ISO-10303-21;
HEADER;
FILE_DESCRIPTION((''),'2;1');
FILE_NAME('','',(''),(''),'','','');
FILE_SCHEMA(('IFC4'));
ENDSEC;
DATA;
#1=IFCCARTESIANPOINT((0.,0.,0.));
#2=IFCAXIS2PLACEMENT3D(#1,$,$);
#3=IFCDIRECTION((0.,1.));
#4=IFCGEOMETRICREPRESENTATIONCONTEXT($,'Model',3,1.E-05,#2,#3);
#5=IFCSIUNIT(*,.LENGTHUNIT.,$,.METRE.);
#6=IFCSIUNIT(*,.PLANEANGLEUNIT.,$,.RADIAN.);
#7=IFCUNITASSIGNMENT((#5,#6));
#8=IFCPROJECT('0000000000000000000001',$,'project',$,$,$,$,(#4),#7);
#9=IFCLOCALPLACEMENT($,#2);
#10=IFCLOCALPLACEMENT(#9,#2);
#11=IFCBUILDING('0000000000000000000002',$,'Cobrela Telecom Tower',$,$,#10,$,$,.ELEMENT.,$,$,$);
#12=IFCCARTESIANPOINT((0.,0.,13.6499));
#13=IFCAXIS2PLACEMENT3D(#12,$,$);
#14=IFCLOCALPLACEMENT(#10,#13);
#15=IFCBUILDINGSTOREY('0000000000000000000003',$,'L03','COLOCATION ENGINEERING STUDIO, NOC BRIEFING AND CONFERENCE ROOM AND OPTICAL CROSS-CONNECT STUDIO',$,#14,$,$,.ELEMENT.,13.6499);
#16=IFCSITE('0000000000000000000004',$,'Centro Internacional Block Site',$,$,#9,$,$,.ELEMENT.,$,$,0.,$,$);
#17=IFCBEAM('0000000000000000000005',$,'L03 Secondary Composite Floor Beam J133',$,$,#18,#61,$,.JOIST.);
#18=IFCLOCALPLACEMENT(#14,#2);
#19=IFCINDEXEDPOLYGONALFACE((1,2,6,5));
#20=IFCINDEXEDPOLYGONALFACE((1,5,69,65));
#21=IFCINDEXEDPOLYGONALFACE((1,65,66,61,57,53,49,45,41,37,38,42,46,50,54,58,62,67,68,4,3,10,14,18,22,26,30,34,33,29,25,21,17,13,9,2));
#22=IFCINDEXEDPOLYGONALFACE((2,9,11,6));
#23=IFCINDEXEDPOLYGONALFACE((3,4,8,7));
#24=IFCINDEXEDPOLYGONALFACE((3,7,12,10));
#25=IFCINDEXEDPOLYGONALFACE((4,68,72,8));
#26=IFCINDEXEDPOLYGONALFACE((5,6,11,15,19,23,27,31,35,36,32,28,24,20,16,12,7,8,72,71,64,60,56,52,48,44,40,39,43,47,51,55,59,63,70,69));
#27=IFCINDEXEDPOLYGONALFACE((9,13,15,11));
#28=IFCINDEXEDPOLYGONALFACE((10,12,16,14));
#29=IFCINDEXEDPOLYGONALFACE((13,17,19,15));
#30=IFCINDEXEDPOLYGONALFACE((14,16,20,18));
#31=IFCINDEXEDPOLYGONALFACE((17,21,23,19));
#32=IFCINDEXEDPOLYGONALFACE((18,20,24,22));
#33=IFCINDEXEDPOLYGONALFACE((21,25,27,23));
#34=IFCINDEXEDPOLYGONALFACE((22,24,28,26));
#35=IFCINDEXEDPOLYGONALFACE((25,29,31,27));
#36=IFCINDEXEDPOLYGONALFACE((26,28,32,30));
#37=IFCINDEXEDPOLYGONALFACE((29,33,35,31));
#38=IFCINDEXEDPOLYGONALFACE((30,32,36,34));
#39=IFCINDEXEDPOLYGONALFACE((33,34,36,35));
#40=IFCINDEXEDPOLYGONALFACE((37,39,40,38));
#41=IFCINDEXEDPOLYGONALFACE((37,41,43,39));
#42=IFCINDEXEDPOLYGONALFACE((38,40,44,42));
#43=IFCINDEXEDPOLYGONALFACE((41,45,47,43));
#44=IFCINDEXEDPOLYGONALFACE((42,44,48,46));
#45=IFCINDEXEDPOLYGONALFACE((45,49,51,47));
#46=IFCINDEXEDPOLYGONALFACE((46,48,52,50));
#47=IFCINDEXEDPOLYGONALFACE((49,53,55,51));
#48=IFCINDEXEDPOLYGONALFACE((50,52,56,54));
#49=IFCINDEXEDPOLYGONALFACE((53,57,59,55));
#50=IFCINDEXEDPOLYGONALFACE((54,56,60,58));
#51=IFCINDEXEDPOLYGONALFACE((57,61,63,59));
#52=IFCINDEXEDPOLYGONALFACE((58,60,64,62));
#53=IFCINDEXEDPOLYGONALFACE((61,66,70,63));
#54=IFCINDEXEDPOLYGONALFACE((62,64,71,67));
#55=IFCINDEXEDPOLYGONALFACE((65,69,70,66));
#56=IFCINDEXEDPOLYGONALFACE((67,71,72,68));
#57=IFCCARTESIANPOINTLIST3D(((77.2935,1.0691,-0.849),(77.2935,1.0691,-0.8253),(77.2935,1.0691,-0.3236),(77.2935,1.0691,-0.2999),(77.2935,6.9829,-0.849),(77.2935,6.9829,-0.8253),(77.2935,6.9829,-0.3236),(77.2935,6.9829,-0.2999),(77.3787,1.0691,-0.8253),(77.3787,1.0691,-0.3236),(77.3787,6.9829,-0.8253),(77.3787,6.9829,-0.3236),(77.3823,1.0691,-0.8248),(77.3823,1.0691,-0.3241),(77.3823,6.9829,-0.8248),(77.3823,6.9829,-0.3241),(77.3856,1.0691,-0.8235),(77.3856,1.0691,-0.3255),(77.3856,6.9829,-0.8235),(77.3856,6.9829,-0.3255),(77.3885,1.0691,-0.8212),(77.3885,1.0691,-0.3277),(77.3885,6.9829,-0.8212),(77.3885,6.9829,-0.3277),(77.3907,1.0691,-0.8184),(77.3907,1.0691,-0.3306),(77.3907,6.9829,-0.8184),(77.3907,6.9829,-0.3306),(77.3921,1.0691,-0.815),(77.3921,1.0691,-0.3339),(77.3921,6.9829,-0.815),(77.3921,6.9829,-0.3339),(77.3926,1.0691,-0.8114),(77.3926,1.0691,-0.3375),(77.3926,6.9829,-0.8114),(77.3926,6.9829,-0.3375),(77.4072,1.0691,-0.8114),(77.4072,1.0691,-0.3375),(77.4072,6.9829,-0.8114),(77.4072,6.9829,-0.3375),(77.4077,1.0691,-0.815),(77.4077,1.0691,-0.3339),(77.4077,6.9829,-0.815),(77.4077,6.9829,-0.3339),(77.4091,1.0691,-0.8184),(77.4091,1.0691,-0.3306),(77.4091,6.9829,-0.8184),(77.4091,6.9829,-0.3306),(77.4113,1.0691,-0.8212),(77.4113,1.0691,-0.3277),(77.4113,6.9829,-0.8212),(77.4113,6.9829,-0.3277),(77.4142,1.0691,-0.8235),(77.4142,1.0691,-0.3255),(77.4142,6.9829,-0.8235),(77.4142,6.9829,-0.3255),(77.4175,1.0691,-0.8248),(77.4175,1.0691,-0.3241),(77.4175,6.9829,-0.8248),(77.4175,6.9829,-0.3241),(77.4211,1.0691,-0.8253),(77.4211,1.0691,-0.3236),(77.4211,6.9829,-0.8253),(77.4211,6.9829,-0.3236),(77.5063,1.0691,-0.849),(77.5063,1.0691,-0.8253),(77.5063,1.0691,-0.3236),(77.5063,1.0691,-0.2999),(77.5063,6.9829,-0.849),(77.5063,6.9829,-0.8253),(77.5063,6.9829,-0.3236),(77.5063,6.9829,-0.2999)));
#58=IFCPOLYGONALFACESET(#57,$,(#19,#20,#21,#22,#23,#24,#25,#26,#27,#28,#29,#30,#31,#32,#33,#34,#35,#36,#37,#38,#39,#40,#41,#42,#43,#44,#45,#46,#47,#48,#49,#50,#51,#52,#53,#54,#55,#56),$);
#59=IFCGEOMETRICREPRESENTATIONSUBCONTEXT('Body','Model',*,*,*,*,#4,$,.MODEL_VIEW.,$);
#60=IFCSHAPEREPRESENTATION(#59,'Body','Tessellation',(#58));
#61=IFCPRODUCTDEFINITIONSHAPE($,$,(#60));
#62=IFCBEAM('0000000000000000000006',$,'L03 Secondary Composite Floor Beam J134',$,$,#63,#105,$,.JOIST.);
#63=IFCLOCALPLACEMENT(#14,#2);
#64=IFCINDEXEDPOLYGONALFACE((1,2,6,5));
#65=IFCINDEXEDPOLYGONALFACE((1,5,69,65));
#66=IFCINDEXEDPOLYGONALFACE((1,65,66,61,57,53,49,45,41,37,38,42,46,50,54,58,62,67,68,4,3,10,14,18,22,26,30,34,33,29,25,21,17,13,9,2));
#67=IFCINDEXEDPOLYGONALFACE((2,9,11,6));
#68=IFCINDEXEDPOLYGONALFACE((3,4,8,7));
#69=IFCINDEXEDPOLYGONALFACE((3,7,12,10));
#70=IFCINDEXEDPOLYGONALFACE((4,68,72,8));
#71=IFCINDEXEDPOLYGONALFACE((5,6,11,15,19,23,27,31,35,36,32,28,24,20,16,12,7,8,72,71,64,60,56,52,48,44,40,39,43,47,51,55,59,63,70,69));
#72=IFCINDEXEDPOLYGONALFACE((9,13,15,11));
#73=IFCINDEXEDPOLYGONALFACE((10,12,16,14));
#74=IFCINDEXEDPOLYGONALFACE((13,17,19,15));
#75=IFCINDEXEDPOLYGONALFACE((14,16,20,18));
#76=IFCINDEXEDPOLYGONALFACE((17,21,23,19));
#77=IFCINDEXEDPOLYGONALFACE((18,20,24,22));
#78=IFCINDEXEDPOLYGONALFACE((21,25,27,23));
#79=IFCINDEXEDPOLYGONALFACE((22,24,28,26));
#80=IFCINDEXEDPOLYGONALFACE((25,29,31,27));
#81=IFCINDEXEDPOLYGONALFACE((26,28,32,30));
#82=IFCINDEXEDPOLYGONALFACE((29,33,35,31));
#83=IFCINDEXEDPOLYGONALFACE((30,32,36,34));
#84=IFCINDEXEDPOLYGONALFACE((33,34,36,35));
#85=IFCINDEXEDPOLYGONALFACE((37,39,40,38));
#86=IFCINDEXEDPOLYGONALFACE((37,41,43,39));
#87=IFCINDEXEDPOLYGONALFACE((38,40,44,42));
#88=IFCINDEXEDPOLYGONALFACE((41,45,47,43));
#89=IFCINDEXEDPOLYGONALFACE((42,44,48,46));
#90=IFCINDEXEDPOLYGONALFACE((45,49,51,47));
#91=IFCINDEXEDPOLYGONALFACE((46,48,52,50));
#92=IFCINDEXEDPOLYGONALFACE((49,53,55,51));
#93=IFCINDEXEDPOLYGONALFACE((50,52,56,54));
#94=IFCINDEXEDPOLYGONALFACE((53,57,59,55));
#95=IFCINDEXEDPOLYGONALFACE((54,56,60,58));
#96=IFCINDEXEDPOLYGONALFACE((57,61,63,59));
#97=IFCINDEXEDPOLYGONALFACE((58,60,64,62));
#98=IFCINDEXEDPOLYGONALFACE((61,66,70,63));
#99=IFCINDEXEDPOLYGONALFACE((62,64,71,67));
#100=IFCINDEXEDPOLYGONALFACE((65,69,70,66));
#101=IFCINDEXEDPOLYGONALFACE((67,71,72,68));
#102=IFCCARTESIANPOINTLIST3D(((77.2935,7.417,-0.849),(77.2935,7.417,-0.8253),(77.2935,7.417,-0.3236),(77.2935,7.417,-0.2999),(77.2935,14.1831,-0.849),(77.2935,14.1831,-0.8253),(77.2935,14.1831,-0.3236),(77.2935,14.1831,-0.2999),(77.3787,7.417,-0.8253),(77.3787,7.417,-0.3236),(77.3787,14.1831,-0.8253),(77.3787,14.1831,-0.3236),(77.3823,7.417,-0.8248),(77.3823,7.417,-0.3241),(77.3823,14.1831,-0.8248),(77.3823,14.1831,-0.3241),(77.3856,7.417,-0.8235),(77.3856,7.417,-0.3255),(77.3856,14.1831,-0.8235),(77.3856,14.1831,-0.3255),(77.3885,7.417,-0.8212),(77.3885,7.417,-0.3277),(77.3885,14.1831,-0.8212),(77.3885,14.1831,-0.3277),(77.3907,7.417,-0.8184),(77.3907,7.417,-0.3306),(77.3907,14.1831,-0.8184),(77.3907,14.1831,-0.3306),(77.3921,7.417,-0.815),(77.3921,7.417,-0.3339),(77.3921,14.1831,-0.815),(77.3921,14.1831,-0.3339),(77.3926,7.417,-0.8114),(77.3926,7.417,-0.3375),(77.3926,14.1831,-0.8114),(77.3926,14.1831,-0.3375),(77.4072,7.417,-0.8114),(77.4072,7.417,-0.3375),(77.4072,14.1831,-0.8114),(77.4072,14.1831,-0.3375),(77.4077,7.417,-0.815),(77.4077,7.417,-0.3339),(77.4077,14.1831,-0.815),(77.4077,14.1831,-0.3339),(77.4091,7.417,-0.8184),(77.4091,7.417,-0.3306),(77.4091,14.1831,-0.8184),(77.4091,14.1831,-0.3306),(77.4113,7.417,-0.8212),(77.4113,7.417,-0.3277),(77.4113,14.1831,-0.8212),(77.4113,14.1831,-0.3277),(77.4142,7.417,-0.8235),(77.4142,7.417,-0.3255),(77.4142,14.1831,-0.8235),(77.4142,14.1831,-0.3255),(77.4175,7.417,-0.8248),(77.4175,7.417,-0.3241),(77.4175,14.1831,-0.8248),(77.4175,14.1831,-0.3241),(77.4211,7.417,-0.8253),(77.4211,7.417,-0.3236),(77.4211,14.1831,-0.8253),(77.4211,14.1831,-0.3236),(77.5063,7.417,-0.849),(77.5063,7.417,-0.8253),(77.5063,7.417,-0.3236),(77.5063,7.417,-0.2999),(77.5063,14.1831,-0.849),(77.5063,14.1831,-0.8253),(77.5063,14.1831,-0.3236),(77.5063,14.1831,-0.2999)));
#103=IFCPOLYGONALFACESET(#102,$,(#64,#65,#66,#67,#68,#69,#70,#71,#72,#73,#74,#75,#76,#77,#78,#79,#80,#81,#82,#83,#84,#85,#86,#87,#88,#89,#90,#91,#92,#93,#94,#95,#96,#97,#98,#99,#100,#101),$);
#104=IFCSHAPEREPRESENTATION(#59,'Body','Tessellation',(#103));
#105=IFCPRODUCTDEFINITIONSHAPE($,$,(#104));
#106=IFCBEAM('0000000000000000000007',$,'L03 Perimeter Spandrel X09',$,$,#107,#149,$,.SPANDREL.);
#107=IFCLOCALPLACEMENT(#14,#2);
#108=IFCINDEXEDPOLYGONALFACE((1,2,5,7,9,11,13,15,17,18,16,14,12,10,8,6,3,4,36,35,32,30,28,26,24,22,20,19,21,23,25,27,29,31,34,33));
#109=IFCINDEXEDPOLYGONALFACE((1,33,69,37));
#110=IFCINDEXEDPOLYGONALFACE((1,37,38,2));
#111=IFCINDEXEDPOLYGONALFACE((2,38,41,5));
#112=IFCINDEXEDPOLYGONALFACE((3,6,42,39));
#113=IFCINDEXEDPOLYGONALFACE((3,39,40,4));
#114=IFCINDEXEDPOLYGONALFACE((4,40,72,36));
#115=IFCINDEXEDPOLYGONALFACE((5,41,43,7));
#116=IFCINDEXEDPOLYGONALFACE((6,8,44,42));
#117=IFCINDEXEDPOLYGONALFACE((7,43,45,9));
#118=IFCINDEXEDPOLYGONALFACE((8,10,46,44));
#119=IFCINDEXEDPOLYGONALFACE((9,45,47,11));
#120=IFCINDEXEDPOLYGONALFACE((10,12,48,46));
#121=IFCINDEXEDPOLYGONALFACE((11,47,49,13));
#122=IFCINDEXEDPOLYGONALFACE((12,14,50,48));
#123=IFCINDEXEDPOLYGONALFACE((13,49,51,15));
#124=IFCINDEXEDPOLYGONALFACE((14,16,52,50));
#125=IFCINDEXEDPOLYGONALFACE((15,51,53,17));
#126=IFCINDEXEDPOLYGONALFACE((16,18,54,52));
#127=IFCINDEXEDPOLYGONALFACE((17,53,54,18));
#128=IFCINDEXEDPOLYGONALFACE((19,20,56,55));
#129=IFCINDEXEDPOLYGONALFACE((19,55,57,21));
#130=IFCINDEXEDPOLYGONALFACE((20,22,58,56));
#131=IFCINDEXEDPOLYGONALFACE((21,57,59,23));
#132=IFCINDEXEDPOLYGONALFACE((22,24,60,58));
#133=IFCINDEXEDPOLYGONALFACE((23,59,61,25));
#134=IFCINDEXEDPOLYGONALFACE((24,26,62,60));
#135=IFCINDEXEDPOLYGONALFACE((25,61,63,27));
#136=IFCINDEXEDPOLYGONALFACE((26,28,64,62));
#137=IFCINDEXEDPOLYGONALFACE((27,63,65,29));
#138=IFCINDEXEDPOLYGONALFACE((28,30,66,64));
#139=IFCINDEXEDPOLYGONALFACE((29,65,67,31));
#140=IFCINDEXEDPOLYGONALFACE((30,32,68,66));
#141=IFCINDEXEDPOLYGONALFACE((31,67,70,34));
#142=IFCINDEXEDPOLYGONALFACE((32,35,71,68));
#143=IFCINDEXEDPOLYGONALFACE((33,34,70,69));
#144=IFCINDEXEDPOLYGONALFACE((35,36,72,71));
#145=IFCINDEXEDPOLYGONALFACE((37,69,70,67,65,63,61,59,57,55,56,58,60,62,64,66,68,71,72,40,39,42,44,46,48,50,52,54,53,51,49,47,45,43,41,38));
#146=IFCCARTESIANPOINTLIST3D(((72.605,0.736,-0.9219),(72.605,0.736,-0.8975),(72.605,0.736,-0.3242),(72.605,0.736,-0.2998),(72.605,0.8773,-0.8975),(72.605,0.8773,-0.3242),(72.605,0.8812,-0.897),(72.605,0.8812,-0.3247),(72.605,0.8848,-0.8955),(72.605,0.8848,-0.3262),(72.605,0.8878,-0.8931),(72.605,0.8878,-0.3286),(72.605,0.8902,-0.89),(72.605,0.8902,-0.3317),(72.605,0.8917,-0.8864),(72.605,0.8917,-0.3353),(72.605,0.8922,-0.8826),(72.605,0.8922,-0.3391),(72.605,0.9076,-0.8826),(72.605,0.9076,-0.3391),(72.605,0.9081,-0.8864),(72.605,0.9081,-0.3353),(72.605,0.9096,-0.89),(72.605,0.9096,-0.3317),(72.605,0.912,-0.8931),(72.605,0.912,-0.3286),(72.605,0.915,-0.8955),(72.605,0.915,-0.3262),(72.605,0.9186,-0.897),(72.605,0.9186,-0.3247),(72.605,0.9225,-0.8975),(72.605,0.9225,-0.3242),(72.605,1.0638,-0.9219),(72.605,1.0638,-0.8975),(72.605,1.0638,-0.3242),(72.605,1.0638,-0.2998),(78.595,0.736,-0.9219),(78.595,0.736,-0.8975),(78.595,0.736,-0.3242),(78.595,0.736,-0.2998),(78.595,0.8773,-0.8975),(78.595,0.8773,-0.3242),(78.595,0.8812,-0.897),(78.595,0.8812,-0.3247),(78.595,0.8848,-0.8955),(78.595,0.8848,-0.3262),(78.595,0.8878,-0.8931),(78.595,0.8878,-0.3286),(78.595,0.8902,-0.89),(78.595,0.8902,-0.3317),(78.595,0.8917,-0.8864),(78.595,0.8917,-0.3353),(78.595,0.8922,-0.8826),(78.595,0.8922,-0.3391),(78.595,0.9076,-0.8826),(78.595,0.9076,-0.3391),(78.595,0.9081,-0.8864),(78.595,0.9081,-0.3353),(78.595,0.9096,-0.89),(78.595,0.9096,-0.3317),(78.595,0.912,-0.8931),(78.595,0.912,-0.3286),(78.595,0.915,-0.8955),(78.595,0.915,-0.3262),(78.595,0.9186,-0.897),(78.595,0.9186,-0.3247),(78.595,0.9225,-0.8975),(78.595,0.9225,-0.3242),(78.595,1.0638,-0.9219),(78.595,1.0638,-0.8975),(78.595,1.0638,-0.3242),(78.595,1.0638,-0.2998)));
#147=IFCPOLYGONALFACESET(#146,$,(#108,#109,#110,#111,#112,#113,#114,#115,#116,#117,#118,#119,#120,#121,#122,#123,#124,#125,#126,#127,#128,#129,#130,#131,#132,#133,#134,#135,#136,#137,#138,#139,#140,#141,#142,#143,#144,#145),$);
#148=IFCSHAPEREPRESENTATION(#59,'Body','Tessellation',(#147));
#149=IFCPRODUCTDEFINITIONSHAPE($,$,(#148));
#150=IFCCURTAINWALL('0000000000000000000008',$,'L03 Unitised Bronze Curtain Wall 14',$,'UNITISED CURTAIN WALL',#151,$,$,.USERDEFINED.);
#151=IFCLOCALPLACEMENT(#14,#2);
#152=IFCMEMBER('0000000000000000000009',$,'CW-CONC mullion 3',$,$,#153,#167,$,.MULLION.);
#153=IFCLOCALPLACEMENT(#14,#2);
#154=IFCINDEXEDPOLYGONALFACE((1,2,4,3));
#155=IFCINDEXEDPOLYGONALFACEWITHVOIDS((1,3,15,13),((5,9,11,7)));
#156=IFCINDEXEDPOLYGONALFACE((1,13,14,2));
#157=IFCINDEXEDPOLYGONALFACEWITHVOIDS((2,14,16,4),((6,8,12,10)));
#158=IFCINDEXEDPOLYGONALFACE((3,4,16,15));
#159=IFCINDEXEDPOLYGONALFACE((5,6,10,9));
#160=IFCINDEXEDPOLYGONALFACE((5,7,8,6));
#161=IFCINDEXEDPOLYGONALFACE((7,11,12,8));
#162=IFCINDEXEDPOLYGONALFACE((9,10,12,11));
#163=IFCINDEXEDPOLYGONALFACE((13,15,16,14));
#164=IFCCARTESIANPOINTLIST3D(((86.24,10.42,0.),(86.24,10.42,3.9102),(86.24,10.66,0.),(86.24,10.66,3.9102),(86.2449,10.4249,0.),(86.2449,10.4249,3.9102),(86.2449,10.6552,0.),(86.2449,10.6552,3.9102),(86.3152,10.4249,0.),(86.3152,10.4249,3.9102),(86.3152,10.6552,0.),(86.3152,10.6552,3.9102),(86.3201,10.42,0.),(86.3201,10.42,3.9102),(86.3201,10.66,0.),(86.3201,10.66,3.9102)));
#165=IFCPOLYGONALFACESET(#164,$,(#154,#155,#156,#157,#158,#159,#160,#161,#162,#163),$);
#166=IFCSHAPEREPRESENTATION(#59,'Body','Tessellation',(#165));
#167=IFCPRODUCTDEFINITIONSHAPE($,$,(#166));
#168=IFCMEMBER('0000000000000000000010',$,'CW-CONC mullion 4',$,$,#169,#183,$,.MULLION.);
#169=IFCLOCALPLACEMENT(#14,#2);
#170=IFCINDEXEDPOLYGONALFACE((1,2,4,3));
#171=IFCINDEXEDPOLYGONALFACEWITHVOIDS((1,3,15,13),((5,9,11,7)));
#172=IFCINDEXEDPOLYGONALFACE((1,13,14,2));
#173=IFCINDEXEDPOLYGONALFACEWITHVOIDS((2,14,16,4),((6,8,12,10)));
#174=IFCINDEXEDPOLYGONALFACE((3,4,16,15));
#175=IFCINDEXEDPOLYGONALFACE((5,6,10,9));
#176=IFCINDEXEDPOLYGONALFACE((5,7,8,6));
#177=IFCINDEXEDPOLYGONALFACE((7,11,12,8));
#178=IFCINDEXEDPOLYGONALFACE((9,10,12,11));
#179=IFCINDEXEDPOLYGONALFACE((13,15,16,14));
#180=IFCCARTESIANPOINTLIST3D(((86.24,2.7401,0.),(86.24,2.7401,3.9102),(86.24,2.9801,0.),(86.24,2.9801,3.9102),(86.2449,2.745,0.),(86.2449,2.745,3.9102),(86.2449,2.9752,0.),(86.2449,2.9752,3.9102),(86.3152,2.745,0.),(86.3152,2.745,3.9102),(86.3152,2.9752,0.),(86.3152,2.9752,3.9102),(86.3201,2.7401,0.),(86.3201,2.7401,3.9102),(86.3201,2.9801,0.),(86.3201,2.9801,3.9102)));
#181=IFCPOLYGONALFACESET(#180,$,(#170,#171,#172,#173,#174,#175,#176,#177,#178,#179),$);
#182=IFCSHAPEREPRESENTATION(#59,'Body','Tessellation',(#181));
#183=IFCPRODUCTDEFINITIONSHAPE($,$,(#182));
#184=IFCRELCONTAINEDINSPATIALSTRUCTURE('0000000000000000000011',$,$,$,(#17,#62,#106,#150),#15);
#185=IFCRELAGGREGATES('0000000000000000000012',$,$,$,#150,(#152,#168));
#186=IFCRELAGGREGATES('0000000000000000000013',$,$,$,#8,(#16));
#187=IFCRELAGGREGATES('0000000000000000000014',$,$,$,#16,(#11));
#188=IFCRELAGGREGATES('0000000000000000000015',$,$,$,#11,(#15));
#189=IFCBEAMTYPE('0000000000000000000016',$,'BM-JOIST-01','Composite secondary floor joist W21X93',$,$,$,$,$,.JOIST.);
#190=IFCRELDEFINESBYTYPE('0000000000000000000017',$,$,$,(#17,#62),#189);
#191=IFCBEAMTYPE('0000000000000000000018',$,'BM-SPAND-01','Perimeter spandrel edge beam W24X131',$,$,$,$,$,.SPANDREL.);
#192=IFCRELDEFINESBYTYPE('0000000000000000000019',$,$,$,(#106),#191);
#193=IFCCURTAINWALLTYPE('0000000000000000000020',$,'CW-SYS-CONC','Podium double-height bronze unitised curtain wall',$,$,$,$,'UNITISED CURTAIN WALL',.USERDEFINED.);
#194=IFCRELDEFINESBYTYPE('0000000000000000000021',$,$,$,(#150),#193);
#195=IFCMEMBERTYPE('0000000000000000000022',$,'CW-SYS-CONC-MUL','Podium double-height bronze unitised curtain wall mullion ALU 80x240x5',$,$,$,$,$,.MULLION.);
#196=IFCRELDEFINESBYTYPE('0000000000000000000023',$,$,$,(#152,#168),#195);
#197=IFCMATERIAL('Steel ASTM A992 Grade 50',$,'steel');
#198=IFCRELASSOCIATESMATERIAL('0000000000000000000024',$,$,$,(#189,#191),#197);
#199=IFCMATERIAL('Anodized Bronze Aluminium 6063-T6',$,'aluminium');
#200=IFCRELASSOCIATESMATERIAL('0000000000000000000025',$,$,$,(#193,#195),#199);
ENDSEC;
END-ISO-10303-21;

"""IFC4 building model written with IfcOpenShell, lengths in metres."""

from ifc_helpers import new_model, si_unit, direction, frame, origin, origin_2d, place, context, subcontext, project, spatial, hollow_rectangle, i_section, extrude, material, material_profile, profile_set, type_object, element, aggregate, save


model = new_model("IFC4")

# Units and contexts
model_context = context("Model", 3, precision=1e-05, world=origin(), true_north=direction((0.0, 1.0)))
body_context = subcontext(model_context, "Body", "Model", "MODEL_VIEW")
ifc_project = project(units=[si_unit("LENGTHUNIT", "METRE"), si_unit("PLANEANGLEUNIT", "RADIAN")], contexts=[model_context])

# Site, building, storey
site_placement = place(None, origin())
site = spatial("IfcSite", under=ifc_project, at=site_placement, Name="Centro Internacional Block Site", CompositionType="ELEMENT", RefElevation=0.0)
building_placement = place(site_placement, origin())
building = spatial("IfcBuilding", under=site, at=building_placement, Name="Cobrela Telecom Tower", CompositionType="ELEMENT")
storey_placement = place(building_placement, frame((0.0, 0.0, 13.6499)))
storey = spatial("IfcBuildingStorey", under=building, at=storey_placement, Name="L03", Description="COLOCATION ENGINEERING STUDIO, NOC BRIEFING AND CONFERENCE ROOM AND OPTICAL CROSS-CONNECT STUDIO", CompositionType="ELEMENT", Elevation=13.6499)

# Beams
ifc_material_1 = material(Name="Steel ASTM A992 Grade 50", Category="steel")
ifc_material_profile_1 = material_profile(ifc_material_1, i_section(OverallWidth=0.2129, OverallDepth=0.5491, WebThickness=0.0146, FlangeThickness=0.0237, FilletRadius=0.0139, at=origin_2d()), Name="W21X93")
ifc_profile_set_1 = profile_set([ifc_material_profile_1], Name="Steel ASTM A992 Grade 50")
beam_type_1 = type_object("IfcBeamType", Name="BM-JOIST-01", Description="Composite secondary floor joist W21X93", PredefinedType="JOIST", material=ifc_profile_set_1)
beam_1_placement = place(storey_placement, frame((77.3999, 1.0691, -0.5745), z_axis=(0.0, 1.0, 0.0), x_axis=(-1.0, 0.0, 0.0)))
element("IfcBeam", 1, at=beam_1_placement, inside=storey, type_object=beam_type_1, Name="L03 Secondary Composite Floor Beam J133", PredefinedType="JOIST", context=body_context, shape_type="SweptSolid", body=[
    extrude(i_section(OverallWidth=0.2129, OverallDepth=0.5491, WebThickness=0.0146, FlangeThickness=0.0237, FilletRadius=0.0139, at=origin_2d()), origin(), (0.0, 0.0, 1.0), 5.9138),
])
beam_2_placement = place(storey_placement, frame((77.3999, 7.417, -0.5745), z_axis=(0.0, 1.0, 0.0), x_axis=(-1.0, 0.0, 0.0)))
element("IfcBeam", 2, at=beam_2_placement, inside=storey, type_object=beam_type_1, Name="L03 Secondary Composite Floor Beam J134", PredefinedType="JOIST", context=body_context, shape_type="SweptSolid", body=[
    extrude(i_section(OverallWidth=0.2129, OverallDepth=0.5491, WebThickness=0.0146, FlangeThickness=0.0237, FilletRadius=0.0139, at=origin_2d()), origin(), (0.0, 0.0, 1.0), 6.7661),
])
ifc_material_profile_2 = material_profile(ifc_material_1, i_section(OverallWidth=0.3279, OverallDepth=0.6221, WebThickness=0.0154, FlangeThickness=0.0244, FilletRadius=0.0149, at=origin_2d()), Name="W24X131")
ifc_profile_set_2 = profile_set([ifc_material_profile_2], Name="Steel ASTM A992 Grade 50")
beam_type_2 = type_object("IfcBeamType", Name="BM-SPAND-01", Description="Perimeter spandrel edge beam W24X131", PredefinedType="SPANDREL", material=ifc_profile_set_2)
beam_3_placement = place(storey_placement, frame((72.605, 0.8999, -0.6108), z_axis=(1.0, 0.0, 0.0), x_axis=(0.0, 1.0, 0.0)))
element("IfcBeam", 3, at=beam_3_placement, inside=storey, type_object=beam_type_2, Name="L03 Perimeter Spandrel X09", PredefinedType="SPANDREL", context=body_context, shape_type="SweptSolid", body=[
    extrude(i_section(OverallWidth=0.3279, OverallDepth=0.6221, WebThickness=0.0154, FlangeThickness=0.0244, FilletRadius=0.0149, at=origin_2d()), origin(), (0.0, 0.0, 1.0), 5.99),
])

# Curtain wall, members
ifc_material_2 = material(Name="Anodized Bronze Aluminium 6063-T6", Category="aluminium")
curtain_wall_type = type_object("IfcCurtainWallType", Name="CW-SYS-CONC", Description="Podium double-height bronze unitised curtain wall", ElementType="UNITISED CURTAIN WALL", PredefinedType="USERDEFINED", material=ifc_material_2)
curtain_wall_1_placement = place(storey_placement, origin())
curtain_wall_1 = element("IfcCurtainWall", 4, at=curtain_wall_1_placement, inside=storey, type_object=curtain_wall_type, Name="L03 Unitised Bronze Curtain Wall 14", ObjectType="UNITISED CURTAIN WALL", PredefinedType="USERDEFINED")
ifc_material_profile_3 = material_profile(ifc_material_2, hollow_rectangle(XDim=0.0801, YDim=0.24, WallThickness=0.0049, at=origin_2d()), Name="ALU 80x240x5")
ifc_profile_set_3 = profile_set([ifc_material_profile_3], Name="Anodized Bronze Aluminium 6063-T6")
member_type_1 = type_object("IfcMemberType", Name="CW-SYS-CONC-MUL", Description="Podium double-height bronze unitised curtain wall mullion ALU 80x240x5", PredefinedType="MULLION", material=ifc_profile_set_3)
member_1_placement = place(storey_placement, frame((86.28, 10.54, 0.0), z_axis=(0.0, 0.0, 1.0), x_axis=(1.0, 0.0, 0.0)))
member_1 = element("IfcMember", 5, at=member_1_placement, type_object=member_type_1, Name="CW-CONC mullion 3", PredefinedType="MULLION", context=body_context, shape_type="SweptSolid", body=[
    extrude(hollow_rectangle(XDim=0.0801, YDim=0.24, WallThickness=0.0049, at=origin_2d()), origin(), (0.0, 0.0, 1.0), 3.9102),
])
member_2_placement = place(storey_placement, frame((86.28, 2.8601, 0.0), z_axis=(0.0, 0.0, 1.0), x_axis=(1.0, 0.0, 0.0)))
member_2 = element("IfcMember", 6, at=member_2_placement, type_object=member_type_1, Name="CW-CONC mullion 4", PredefinedType="MULLION", context=body_context, shape_type="SweptSolid", body=[
    extrude(hollow_rectangle(XDim=0.0801, YDim=0.24, WallThickness=0.0049, at=origin_2d()), origin(), (0.0, 0.0, 1.0), 3.9102),
])

aggregate(curtain_wall_1, [member_1, member_2])

save(model, "model.ifc")
